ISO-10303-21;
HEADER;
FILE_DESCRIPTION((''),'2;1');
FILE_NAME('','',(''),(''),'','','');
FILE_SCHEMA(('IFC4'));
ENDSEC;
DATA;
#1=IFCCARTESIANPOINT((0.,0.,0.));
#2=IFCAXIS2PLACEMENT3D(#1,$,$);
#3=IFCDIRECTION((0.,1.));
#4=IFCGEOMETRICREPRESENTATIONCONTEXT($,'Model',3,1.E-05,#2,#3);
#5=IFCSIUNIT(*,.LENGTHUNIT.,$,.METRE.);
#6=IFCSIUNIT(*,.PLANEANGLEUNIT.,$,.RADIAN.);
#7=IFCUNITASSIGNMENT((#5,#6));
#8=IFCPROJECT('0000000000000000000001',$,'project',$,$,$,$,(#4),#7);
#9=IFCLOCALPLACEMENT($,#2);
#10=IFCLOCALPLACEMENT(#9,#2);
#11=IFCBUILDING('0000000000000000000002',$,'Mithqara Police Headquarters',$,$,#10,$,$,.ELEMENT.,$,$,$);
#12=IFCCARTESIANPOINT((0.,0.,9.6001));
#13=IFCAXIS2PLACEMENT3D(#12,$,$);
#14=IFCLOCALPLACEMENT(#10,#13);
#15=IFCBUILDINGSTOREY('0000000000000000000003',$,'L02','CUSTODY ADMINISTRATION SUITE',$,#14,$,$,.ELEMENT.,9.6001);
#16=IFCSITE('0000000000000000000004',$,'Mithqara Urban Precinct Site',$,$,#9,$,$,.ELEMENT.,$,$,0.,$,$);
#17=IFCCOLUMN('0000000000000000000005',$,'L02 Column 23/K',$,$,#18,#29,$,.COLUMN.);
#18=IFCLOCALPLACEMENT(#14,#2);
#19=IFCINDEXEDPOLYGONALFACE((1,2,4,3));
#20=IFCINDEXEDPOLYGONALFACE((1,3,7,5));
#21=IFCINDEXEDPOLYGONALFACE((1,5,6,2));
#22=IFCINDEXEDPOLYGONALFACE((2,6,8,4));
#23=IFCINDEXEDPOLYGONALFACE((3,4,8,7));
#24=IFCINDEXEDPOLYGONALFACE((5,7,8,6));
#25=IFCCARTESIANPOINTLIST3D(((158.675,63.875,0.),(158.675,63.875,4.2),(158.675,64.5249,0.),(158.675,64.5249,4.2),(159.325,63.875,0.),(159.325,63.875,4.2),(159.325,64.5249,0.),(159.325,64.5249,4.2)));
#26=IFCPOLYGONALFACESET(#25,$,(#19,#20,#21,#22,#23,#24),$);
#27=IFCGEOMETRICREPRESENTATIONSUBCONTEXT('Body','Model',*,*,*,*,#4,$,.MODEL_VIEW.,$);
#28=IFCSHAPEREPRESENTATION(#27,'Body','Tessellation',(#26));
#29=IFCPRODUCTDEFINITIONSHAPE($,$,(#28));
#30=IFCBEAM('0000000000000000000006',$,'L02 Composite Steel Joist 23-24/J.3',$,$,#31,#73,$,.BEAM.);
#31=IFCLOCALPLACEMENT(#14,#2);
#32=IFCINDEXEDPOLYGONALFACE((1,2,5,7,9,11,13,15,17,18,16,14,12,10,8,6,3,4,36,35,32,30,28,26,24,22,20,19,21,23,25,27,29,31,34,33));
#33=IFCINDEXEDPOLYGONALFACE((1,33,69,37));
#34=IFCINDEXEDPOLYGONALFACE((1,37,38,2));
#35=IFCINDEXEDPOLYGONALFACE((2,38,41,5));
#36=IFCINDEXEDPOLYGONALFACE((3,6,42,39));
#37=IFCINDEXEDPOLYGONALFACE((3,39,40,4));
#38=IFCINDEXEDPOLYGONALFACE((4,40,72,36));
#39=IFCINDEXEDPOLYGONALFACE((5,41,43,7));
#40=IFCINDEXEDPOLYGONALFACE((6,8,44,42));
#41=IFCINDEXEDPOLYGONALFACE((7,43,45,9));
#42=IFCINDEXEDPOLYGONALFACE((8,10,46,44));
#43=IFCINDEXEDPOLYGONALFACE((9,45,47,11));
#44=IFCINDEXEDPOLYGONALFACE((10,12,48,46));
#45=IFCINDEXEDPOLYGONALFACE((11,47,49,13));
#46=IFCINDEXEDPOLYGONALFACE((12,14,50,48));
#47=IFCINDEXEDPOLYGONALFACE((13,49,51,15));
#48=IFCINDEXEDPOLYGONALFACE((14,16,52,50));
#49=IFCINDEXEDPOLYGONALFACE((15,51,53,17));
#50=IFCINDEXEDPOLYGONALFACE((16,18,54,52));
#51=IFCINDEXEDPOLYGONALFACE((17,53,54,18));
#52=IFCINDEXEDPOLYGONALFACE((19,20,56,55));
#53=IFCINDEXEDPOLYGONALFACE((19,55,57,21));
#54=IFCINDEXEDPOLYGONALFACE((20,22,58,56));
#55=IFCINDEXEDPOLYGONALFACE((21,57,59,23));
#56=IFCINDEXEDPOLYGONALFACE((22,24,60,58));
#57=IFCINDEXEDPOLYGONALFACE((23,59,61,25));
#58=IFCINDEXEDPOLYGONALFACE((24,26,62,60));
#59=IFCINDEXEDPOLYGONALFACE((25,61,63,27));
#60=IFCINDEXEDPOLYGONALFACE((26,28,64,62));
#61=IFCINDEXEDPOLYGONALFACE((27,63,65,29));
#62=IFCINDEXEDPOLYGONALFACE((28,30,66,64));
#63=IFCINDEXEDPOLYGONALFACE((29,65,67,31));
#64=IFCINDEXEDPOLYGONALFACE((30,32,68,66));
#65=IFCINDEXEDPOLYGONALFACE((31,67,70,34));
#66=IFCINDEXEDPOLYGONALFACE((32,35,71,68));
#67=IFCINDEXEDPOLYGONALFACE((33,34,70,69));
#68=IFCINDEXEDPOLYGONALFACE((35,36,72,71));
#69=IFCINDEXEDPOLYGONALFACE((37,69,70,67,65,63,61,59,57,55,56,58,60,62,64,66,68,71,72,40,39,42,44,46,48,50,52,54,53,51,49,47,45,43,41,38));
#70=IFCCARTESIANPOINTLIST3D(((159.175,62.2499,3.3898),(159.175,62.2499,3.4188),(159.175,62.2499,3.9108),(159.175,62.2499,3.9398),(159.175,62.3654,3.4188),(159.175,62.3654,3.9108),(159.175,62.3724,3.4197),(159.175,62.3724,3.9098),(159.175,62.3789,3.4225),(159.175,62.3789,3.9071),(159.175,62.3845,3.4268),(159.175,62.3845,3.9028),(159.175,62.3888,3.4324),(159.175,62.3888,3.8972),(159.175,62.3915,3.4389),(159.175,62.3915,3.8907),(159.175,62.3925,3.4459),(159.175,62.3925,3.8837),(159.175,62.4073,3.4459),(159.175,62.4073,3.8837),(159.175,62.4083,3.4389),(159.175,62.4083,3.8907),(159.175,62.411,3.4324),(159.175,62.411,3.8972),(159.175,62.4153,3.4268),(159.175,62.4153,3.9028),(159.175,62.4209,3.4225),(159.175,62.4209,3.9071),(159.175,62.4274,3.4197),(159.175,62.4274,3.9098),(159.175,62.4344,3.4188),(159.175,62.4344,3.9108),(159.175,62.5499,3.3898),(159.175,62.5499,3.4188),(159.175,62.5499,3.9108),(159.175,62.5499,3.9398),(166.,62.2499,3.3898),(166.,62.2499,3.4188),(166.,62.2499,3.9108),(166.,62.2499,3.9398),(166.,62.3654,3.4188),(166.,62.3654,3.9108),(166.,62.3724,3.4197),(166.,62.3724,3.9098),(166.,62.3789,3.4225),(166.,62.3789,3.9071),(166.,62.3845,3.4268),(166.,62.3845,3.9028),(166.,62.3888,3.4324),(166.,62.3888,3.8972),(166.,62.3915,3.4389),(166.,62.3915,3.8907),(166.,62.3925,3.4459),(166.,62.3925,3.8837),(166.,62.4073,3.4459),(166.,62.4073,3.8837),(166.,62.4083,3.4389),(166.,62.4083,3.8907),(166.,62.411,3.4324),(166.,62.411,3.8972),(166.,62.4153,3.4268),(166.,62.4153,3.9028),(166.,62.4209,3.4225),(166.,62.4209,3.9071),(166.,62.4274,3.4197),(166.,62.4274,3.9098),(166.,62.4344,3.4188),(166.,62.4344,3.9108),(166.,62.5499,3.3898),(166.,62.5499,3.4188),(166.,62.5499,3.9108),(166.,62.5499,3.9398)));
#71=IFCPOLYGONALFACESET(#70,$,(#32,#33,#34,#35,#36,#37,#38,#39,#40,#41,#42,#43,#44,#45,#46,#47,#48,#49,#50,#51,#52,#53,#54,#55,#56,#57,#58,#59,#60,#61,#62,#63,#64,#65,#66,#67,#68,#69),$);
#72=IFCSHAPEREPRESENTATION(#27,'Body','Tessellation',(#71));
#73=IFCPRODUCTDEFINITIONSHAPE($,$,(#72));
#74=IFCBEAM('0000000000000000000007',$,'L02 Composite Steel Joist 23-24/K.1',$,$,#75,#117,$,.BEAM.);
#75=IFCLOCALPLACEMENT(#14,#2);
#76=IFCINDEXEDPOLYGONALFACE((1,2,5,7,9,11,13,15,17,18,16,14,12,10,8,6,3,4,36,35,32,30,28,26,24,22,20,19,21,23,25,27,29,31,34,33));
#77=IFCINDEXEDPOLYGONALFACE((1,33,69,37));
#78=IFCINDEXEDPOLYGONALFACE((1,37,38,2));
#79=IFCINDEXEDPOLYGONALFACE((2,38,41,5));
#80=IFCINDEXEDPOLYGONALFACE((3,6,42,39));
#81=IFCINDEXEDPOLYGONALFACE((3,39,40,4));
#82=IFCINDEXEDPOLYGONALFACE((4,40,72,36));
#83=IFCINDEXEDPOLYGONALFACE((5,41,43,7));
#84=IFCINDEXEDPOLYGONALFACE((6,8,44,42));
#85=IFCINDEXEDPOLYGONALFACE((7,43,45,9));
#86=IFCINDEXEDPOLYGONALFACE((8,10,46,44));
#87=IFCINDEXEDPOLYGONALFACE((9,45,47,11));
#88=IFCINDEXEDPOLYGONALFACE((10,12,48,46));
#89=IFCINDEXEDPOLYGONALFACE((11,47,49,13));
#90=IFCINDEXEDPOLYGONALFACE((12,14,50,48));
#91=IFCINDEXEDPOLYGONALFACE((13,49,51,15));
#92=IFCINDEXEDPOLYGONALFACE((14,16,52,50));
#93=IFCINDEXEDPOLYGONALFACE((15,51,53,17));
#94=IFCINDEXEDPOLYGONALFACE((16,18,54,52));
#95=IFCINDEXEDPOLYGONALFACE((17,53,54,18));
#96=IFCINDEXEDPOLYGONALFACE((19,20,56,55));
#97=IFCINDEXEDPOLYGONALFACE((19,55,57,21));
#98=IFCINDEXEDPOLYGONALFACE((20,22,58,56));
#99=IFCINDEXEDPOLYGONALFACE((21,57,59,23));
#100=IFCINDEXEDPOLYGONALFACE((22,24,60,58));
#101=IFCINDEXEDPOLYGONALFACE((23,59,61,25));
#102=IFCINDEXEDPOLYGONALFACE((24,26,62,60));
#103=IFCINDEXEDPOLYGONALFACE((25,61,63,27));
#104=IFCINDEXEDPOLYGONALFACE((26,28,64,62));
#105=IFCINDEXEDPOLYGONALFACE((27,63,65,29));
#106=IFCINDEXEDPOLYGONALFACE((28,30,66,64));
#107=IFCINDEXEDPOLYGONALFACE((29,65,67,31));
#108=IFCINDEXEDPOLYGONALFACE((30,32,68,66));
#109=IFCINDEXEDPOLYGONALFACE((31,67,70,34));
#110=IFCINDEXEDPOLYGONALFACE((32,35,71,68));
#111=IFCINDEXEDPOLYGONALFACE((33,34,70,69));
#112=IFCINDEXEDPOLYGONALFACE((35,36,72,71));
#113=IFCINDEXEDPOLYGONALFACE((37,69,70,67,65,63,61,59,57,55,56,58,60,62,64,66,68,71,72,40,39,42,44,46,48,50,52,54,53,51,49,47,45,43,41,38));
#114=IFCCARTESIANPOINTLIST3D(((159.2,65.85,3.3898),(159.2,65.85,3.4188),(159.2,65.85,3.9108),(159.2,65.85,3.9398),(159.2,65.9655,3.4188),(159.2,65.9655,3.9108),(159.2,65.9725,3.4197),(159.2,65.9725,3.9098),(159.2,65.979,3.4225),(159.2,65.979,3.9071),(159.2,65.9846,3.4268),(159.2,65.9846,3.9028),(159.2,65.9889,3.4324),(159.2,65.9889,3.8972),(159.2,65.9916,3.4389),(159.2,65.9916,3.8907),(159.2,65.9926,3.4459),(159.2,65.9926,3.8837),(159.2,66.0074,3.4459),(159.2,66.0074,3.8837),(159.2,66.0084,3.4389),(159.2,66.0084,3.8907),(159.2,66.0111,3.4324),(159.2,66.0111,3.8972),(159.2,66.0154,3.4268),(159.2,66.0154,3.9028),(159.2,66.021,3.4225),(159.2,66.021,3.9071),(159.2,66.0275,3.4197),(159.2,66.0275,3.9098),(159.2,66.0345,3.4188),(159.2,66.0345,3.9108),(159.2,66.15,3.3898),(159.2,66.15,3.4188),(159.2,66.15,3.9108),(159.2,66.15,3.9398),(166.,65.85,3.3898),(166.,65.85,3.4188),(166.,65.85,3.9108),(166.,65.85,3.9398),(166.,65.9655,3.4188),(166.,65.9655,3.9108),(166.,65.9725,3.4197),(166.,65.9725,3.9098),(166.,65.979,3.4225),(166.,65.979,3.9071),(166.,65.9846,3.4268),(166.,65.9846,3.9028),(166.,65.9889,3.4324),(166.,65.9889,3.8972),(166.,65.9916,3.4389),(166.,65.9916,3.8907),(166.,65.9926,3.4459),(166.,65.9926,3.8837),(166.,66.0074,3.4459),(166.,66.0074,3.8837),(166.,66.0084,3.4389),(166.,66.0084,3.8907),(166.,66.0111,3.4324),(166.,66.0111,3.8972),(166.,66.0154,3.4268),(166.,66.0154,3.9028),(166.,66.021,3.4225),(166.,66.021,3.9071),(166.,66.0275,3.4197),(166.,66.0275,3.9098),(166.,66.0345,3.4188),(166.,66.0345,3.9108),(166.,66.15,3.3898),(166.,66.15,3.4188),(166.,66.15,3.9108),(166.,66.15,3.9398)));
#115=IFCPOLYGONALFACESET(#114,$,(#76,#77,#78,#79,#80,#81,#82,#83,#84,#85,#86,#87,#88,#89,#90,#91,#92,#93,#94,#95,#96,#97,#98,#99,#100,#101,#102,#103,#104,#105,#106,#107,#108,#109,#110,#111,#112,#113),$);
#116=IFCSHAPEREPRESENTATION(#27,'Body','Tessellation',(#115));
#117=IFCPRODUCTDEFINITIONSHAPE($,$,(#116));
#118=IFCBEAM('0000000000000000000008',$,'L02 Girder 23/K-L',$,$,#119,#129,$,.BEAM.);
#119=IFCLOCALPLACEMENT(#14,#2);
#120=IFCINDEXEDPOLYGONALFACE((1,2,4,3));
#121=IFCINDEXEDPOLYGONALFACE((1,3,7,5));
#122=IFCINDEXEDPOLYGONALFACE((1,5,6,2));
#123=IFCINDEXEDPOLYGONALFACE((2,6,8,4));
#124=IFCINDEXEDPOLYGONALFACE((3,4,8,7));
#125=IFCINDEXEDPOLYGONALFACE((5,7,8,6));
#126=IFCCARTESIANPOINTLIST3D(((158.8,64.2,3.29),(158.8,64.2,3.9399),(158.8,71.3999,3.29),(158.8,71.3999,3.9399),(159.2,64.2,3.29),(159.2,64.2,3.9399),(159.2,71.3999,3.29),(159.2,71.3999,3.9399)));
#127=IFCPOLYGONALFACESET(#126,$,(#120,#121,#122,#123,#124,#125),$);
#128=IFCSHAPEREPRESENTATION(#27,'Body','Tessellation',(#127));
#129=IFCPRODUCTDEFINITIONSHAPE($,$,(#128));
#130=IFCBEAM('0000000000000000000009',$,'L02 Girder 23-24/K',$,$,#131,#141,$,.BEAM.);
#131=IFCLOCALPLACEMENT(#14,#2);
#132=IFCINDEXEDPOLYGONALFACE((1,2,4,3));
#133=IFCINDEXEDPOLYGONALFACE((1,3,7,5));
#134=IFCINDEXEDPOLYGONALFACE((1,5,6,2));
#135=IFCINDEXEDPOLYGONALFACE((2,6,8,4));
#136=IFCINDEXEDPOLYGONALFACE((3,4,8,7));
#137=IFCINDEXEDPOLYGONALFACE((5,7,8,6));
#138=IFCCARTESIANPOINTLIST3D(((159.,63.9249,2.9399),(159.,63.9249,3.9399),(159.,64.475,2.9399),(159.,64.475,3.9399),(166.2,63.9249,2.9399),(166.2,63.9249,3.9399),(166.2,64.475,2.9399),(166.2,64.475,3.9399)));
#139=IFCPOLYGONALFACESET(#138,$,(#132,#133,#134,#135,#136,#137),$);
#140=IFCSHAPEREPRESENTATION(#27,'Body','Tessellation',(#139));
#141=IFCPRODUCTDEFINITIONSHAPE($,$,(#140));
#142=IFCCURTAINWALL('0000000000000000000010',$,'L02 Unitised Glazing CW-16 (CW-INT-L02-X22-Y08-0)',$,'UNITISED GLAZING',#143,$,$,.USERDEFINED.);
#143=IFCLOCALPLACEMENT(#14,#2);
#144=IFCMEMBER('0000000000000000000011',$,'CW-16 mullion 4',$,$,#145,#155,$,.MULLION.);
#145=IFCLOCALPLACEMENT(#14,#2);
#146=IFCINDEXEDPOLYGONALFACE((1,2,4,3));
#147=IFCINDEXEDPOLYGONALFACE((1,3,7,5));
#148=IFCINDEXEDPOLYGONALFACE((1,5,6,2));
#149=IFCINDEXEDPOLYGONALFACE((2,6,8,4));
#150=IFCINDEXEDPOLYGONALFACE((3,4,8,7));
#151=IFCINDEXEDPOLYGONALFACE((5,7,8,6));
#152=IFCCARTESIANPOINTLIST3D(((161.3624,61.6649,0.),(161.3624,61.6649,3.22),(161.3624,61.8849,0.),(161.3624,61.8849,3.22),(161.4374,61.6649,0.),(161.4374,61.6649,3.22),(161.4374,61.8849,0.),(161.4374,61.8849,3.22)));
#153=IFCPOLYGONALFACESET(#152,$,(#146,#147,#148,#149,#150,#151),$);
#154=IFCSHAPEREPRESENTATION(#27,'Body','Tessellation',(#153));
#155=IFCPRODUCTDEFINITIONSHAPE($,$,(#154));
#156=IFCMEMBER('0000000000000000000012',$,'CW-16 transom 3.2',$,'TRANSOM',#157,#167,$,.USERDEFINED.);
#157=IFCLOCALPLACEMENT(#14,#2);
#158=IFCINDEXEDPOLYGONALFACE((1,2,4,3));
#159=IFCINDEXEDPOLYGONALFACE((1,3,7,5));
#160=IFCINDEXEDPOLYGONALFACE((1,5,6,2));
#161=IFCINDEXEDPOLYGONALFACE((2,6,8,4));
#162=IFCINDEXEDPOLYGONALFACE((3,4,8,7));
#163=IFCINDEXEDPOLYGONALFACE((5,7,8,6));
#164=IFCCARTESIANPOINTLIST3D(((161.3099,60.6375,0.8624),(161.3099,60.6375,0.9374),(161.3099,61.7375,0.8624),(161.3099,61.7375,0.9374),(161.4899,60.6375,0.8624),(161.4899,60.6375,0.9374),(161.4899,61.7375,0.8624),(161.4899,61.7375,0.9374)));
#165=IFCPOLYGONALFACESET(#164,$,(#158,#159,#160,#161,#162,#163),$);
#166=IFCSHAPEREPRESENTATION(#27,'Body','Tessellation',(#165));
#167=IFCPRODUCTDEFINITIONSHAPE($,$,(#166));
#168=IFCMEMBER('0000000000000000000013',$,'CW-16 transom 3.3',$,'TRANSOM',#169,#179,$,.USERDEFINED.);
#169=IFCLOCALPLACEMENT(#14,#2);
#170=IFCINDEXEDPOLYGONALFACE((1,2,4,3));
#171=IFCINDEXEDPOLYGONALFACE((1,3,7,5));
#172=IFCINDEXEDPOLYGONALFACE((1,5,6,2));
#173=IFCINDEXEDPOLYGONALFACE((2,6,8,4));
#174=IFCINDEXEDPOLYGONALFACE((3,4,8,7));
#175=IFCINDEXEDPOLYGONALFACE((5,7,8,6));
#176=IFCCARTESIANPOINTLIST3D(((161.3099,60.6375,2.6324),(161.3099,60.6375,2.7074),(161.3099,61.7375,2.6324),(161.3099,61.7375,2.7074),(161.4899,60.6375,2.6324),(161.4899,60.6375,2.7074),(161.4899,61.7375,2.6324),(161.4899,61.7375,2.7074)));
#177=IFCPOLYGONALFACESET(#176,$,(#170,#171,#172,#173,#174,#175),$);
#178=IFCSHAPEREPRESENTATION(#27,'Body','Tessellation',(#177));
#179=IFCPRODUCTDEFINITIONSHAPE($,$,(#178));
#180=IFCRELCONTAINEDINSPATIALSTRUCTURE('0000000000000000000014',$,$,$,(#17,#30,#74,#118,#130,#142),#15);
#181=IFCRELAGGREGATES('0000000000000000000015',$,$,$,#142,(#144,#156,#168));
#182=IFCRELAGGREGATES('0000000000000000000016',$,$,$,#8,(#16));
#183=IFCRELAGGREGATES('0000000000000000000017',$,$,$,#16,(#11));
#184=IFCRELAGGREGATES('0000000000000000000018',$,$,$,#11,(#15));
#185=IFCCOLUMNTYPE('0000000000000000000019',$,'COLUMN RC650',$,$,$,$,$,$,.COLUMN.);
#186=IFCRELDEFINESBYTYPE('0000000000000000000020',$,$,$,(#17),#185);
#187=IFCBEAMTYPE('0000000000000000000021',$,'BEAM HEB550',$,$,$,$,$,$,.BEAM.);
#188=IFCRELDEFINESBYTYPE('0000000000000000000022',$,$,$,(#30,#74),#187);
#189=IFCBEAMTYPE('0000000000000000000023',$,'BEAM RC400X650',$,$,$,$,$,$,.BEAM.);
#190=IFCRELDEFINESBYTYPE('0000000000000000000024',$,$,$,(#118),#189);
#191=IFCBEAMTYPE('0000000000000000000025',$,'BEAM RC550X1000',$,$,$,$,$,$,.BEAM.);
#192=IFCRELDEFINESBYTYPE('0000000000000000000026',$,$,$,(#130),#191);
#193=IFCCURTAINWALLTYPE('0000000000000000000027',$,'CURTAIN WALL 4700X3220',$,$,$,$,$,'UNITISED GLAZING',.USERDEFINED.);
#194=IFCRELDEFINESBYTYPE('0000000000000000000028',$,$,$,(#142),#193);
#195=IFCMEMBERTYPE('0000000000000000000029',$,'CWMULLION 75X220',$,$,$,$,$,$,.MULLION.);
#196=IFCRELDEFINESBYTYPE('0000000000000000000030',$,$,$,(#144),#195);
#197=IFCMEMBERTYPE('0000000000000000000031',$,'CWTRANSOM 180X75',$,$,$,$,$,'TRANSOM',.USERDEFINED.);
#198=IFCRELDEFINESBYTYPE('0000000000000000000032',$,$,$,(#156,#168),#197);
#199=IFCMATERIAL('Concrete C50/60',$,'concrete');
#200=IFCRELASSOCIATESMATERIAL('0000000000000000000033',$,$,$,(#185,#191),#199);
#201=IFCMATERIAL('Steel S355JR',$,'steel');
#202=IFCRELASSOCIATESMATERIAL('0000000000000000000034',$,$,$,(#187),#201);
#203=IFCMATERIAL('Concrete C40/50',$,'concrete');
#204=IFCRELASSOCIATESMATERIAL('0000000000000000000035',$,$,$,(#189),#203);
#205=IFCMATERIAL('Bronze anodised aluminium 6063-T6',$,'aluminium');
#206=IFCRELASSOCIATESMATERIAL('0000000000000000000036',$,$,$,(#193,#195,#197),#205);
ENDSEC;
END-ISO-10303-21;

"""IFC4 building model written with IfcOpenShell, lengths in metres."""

from ifc_helpers import new_model, si_unit, direction, frame, origin, origin_2d, place, context, subcontext, project, spatial, rectangle, i_section, extrude, material, material_profile, profile_set, type_object, element, aggregate, save


model = new_model("IFC4")

# Units and contexts
model_context = context("Model", 3, precision=1e-05, world=origin(), true_north=direction((0.0, 1.0)))
body_context = subcontext(model_context, "Body", "Model", "MODEL_VIEW")
ifc_project = project(units=[si_unit("LENGTHUNIT", "METRE"), si_unit("PLANEANGLEUNIT", "RADIAN")], contexts=[model_context])

# Site, building, storey
site_placement = place(None, origin())
site = spatial("IfcSite", under=ifc_project, at=site_placement, Name="Mithqara Urban Precinct Site", CompositionType="ELEMENT", RefElevation=0.0)
building_placement = place(site_placement, origin())
building = spatial("IfcBuilding", under=site, at=building_placement, Name="Mithqara Police Headquarters", CompositionType="ELEMENT")
storey_placement = place(building_placement, frame((0.0, 0.0, 9.6001)))
storey = spatial("IfcBuildingStorey", under=building, at=storey_placement, Name="L02", Description="CUSTODY ADMINISTRATION SUITE", CompositionType="ELEMENT", Elevation=9.6001)

# Column
ifc_material_1 = material(Name="Concrete C50/60", Category="concrete")
ifc_material_profile_1 = material_profile(ifc_material_1, rectangle(XDim=0.6499, YDim=0.6499, at=origin_2d()), Name="RC 650x650")
ifc_profile_set_1 = profile_set([ifc_material_profile_1], Name="Concrete C50/60")
column_type = type_object("IfcColumnType", Name="COLUMN RC650", PredefinedType="COLUMN", material=ifc_profile_set_1)
column_placement = place(storey_placement, frame((159.0, 64.2, 0.0), z_axis=(0.0, 0.0, 1.0), x_axis=(1.0, 0.0, 0.0)))
element("IfcColumn", 1, at=column_placement, inside=storey, type_object=column_type, Name="L02 Column 23/K", PredefinedType="COLUMN", context=body_context, shape_type="SweptSolid", body=[
    extrude(rectangle(XDim=0.6499, YDim=0.6499, at=origin_2d()), origin(), (0.0, 0.0, 1.0), 4.2),
])

# Beams
ifc_material_2 = material(Name="Steel S355JR", Category="steel")
ifc_material_profile_2 = material_profile(ifc_material_2, i_section(OverallWidth=0.3, OverallDepth=0.55, WebThickness=0.0149, FlangeThickness=0.0291, FilletRadius=0.0271, at=origin_2d()), Name="HEB 550")
ifc_profile_set_2 = profile_set([ifc_material_profile_2], Name="Steel S355JR")
beam_type_1 = type_object("IfcBeamType", Name="BEAM HEB550", PredefinedType="BEAM", material=ifc_profile_set_2)
beam_1_placement = place(storey_placement, frame((159.175, 62.3999, 3.6648), z_axis=(1.0, 0.0, 0.0), x_axis=(0.0, 1.0, 0.0)))
element("IfcBeam", 2, at=beam_1_placement, inside=storey, type_object=beam_type_1, Name="L02 Composite Steel Joist 23-24/J.3", PredefinedType="BEAM", context=body_context, shape_type="SweptSolid", body=[
    extrude(i_section(OverallWidth=0.3, OverallDepth=0.55, WebThickness=0.0149, FlangeThickness=0.0291, FilletRadius=0.0271, at=origin_2d()), origin(), (0.0, 0.0, 1.0), 6.825),
])
beam_2_placement = place(storey_placement, frame((159.2, 66.0, 3.6648), z_axis=(1.0, 0.0, 0.0), x_axis=(0.0, 1.0, 0.0)))
element("IfcBeam", 3, at=beam_2_placement, inside=storey, type_object=beam_type_1, Name="L02 Composite Steel Joist 23-24/K.1", PredefinedType="BEAM", context=body_context, shape_type="SweptSolid", body=[
    extrude(i_section(OverallWidth=0.3, OverallDepth=0.55, WebThickness=0.0149, FlangeThickness=0.0291, FilletRadius=0.0271, at=origin_2d()), origin(), (0.0, 0.0, 1.0), 6.8),
])
ifc_material_3 = material(Name="Concrete C40/50", Category="concrete")
ifc_material_profile_3 = material_profile(ifc_material_3, rectangle(XDim=0.3999, YDim=0.6499, at=origin_2d()), Name="RC 400x650")
ifc_profile_set_3 = profile_set([ifc_material_profile_3], Name="Concrete C40/50")
beam_type_2 = type_object("IfcBeamType", Name="BEAM RC400X650", PredefinedType="BEAM", material=ifc_profile_set_3)
beam_3_placement = place(storey_placement, frame((159.0, 64.2, 3.615), z_axis=(0.0, 1.0, 0.0), x_axis=(-1.0, 0.0, 0.0)))
element("IfcBeam", 4, at=beam_3_placement, inside=storey, type_object=beam_type_2, Name="L02 Girder 23/K-L", PredefinedType="BEAM", context=body_context, shape_type="SweptSolid", body=[
    extrude(rectangle(XDim=0.3999, YDim=0.6499, at=origin_2d()), origin(), (0.0, 0.0, 1.0), 7.2),
])
ifc_material_profile_4 = material_profile(ifc_material_1, rectangle(XDim=0.55, YDim=1.0, at=origin_2d()), Name="RC 550x1000")
ifc_profile_set_4 = profile_set([ifc_material_profile_4], Name="Concrete C50/60")
beam_type_3 = type_object("IfcBeamType", Name="BEAM RC550X1000", PredefinedType="BEAM", material=ifc_profile_set_4)
beam_4_placement = place(storey_placement, frame((159.0, 64.2, 3.4399), z_axis=(1.0, 0.0, 0.0), x_axis=(0.0, 1.0, 0.0)))
element("IfcBeam", 5, at=beam_4_placement, inside=storey, type_object=beam_type_3, Name="L02 Girder 23-24/K", PredefinedType="BEAM", context=body_context, shape_type="SweptSolid", body=[
    extrude(rectangle(XDim=0.55, YDim=1.0, at=origin_2d()), origin(), (0.0, 0.0, 1.0), 7.2),
])

# Curtain wall, members
ifc_material_4 = material(Name="Bronze anodised aluminium 6063-T6", Category="aluminium")
curtain_wall_type = type_object("IfcCurtainWallType", Name="CURTAIN WALL 4700X3220", ElementType="UNITISED GLAZING", PredefinedType="USERDEFINED", material=ifc_material_4)
curtain_wall_placement = place(storey_placement, origin())
curtain_wall = element("IfcCurtainWall", 6, at=curtain_wall_placement, inside=storey, type_object=curtain_wall_type, Name="L02 Unitised Glazing CW-16 (CW-INT-L02-X22-Y08-0)", ObjectType="UNITISED GLAZING", PredefinedType="USERDEFINED")
ifc_material_profile_5 = material_profile(ifc_material_4, rectangle(XDim=0.075, YDim=0.22, at=origin_2d()), Name="CWM 75x220")
ifc_profile_set_5 = profile_set([ifc_material_profile_5], Name="Bronze anodised aluminium 6063-T6")
member_type_1 = type_object("IfcMemberType", Name="CWMULLION 75X220", PredefinedType="MULLION", material=ifc_profile_set_5)
member_1_placement = place(storey_placement, frame((161.3999, 61.7749, 0.0), z_axis=(0.0, 0.0, 1.0), x_axis=(-1.0, 0.0, 0.0)))
member_1 = element("IfcMember", 7, at=member_1_placement, type_object=member_type_1, Name="CW-16 mullion 4", PredefinedType="MULLION", context=body_context, shape_type="SweptSolid", body=[
    extrude(rectangle(XDim=0.075, YDim=0.22, at=origin_2d()), origin(), (0.0, 0.0, 1.0), 3.22),
])
ifc_material_profile_6 = material_profile(ifc_material_4, rectangle(XDim=0.1799, YDim=0.075, at=origin_2d()), Name="CWT 180x75")
ifc_profile_set_6 = profile_set([ifc_material_profile_6], Name="Bronze anodised aluminium 6063-T6")
member_type_2 = type_object("IfcMemberType", Name="CWTRANSOM 180X75", ElementType="TRANSOM", PredefinedType="USERDEFINED", material=ifc_profile_set_6)
member_2_placement = place(storey_placement, frame((161.3999, 60.6375, 0.8999), z_axis=(0.0, 1.0, 0.0), x_axis=(-1.0, 0.0, 0.0)))
member_2 = element("IfcMember", 8, at=member_2_placement, type_object=member_type_2, Name="CW-16 transom 3.2", ObjectType="TRANSOM", PredefinedType="USERDEFINED", context=body_context, shape_type="SweptSolid", body=[
    extrude(rectangle(XDim=0.1799, YDim=0.075, at=origin_2d()), origin(), (0.0, 0.0, 1.0), 1.1001),
])
member_3_placement = place(storey_placement, frame((161.3999, 60.6375, 2.6699), z_axis=(0.0, 1.0, 0.0), x_axis=(-1.0, 0.0, 0.0)))
member_3 = element("IfcMember", 9, at=member_3_placement, type_object=member_type_2, Name="CW-16 transom 3.3", ObjectType="TRANSOM", PredefinedType="USERDEFINED", context=body_context, shape_type="SweptSolid", body=[
    extrude(rectangle(XDim=0.1799, YDim=0.075, at=origin_2d()), origin(), (0.0, 0.0, 1.0), 1.1001),
])
aggregate(curtain_wall, [member_1, member_2, member_3])

save(model, "model.ifc")
